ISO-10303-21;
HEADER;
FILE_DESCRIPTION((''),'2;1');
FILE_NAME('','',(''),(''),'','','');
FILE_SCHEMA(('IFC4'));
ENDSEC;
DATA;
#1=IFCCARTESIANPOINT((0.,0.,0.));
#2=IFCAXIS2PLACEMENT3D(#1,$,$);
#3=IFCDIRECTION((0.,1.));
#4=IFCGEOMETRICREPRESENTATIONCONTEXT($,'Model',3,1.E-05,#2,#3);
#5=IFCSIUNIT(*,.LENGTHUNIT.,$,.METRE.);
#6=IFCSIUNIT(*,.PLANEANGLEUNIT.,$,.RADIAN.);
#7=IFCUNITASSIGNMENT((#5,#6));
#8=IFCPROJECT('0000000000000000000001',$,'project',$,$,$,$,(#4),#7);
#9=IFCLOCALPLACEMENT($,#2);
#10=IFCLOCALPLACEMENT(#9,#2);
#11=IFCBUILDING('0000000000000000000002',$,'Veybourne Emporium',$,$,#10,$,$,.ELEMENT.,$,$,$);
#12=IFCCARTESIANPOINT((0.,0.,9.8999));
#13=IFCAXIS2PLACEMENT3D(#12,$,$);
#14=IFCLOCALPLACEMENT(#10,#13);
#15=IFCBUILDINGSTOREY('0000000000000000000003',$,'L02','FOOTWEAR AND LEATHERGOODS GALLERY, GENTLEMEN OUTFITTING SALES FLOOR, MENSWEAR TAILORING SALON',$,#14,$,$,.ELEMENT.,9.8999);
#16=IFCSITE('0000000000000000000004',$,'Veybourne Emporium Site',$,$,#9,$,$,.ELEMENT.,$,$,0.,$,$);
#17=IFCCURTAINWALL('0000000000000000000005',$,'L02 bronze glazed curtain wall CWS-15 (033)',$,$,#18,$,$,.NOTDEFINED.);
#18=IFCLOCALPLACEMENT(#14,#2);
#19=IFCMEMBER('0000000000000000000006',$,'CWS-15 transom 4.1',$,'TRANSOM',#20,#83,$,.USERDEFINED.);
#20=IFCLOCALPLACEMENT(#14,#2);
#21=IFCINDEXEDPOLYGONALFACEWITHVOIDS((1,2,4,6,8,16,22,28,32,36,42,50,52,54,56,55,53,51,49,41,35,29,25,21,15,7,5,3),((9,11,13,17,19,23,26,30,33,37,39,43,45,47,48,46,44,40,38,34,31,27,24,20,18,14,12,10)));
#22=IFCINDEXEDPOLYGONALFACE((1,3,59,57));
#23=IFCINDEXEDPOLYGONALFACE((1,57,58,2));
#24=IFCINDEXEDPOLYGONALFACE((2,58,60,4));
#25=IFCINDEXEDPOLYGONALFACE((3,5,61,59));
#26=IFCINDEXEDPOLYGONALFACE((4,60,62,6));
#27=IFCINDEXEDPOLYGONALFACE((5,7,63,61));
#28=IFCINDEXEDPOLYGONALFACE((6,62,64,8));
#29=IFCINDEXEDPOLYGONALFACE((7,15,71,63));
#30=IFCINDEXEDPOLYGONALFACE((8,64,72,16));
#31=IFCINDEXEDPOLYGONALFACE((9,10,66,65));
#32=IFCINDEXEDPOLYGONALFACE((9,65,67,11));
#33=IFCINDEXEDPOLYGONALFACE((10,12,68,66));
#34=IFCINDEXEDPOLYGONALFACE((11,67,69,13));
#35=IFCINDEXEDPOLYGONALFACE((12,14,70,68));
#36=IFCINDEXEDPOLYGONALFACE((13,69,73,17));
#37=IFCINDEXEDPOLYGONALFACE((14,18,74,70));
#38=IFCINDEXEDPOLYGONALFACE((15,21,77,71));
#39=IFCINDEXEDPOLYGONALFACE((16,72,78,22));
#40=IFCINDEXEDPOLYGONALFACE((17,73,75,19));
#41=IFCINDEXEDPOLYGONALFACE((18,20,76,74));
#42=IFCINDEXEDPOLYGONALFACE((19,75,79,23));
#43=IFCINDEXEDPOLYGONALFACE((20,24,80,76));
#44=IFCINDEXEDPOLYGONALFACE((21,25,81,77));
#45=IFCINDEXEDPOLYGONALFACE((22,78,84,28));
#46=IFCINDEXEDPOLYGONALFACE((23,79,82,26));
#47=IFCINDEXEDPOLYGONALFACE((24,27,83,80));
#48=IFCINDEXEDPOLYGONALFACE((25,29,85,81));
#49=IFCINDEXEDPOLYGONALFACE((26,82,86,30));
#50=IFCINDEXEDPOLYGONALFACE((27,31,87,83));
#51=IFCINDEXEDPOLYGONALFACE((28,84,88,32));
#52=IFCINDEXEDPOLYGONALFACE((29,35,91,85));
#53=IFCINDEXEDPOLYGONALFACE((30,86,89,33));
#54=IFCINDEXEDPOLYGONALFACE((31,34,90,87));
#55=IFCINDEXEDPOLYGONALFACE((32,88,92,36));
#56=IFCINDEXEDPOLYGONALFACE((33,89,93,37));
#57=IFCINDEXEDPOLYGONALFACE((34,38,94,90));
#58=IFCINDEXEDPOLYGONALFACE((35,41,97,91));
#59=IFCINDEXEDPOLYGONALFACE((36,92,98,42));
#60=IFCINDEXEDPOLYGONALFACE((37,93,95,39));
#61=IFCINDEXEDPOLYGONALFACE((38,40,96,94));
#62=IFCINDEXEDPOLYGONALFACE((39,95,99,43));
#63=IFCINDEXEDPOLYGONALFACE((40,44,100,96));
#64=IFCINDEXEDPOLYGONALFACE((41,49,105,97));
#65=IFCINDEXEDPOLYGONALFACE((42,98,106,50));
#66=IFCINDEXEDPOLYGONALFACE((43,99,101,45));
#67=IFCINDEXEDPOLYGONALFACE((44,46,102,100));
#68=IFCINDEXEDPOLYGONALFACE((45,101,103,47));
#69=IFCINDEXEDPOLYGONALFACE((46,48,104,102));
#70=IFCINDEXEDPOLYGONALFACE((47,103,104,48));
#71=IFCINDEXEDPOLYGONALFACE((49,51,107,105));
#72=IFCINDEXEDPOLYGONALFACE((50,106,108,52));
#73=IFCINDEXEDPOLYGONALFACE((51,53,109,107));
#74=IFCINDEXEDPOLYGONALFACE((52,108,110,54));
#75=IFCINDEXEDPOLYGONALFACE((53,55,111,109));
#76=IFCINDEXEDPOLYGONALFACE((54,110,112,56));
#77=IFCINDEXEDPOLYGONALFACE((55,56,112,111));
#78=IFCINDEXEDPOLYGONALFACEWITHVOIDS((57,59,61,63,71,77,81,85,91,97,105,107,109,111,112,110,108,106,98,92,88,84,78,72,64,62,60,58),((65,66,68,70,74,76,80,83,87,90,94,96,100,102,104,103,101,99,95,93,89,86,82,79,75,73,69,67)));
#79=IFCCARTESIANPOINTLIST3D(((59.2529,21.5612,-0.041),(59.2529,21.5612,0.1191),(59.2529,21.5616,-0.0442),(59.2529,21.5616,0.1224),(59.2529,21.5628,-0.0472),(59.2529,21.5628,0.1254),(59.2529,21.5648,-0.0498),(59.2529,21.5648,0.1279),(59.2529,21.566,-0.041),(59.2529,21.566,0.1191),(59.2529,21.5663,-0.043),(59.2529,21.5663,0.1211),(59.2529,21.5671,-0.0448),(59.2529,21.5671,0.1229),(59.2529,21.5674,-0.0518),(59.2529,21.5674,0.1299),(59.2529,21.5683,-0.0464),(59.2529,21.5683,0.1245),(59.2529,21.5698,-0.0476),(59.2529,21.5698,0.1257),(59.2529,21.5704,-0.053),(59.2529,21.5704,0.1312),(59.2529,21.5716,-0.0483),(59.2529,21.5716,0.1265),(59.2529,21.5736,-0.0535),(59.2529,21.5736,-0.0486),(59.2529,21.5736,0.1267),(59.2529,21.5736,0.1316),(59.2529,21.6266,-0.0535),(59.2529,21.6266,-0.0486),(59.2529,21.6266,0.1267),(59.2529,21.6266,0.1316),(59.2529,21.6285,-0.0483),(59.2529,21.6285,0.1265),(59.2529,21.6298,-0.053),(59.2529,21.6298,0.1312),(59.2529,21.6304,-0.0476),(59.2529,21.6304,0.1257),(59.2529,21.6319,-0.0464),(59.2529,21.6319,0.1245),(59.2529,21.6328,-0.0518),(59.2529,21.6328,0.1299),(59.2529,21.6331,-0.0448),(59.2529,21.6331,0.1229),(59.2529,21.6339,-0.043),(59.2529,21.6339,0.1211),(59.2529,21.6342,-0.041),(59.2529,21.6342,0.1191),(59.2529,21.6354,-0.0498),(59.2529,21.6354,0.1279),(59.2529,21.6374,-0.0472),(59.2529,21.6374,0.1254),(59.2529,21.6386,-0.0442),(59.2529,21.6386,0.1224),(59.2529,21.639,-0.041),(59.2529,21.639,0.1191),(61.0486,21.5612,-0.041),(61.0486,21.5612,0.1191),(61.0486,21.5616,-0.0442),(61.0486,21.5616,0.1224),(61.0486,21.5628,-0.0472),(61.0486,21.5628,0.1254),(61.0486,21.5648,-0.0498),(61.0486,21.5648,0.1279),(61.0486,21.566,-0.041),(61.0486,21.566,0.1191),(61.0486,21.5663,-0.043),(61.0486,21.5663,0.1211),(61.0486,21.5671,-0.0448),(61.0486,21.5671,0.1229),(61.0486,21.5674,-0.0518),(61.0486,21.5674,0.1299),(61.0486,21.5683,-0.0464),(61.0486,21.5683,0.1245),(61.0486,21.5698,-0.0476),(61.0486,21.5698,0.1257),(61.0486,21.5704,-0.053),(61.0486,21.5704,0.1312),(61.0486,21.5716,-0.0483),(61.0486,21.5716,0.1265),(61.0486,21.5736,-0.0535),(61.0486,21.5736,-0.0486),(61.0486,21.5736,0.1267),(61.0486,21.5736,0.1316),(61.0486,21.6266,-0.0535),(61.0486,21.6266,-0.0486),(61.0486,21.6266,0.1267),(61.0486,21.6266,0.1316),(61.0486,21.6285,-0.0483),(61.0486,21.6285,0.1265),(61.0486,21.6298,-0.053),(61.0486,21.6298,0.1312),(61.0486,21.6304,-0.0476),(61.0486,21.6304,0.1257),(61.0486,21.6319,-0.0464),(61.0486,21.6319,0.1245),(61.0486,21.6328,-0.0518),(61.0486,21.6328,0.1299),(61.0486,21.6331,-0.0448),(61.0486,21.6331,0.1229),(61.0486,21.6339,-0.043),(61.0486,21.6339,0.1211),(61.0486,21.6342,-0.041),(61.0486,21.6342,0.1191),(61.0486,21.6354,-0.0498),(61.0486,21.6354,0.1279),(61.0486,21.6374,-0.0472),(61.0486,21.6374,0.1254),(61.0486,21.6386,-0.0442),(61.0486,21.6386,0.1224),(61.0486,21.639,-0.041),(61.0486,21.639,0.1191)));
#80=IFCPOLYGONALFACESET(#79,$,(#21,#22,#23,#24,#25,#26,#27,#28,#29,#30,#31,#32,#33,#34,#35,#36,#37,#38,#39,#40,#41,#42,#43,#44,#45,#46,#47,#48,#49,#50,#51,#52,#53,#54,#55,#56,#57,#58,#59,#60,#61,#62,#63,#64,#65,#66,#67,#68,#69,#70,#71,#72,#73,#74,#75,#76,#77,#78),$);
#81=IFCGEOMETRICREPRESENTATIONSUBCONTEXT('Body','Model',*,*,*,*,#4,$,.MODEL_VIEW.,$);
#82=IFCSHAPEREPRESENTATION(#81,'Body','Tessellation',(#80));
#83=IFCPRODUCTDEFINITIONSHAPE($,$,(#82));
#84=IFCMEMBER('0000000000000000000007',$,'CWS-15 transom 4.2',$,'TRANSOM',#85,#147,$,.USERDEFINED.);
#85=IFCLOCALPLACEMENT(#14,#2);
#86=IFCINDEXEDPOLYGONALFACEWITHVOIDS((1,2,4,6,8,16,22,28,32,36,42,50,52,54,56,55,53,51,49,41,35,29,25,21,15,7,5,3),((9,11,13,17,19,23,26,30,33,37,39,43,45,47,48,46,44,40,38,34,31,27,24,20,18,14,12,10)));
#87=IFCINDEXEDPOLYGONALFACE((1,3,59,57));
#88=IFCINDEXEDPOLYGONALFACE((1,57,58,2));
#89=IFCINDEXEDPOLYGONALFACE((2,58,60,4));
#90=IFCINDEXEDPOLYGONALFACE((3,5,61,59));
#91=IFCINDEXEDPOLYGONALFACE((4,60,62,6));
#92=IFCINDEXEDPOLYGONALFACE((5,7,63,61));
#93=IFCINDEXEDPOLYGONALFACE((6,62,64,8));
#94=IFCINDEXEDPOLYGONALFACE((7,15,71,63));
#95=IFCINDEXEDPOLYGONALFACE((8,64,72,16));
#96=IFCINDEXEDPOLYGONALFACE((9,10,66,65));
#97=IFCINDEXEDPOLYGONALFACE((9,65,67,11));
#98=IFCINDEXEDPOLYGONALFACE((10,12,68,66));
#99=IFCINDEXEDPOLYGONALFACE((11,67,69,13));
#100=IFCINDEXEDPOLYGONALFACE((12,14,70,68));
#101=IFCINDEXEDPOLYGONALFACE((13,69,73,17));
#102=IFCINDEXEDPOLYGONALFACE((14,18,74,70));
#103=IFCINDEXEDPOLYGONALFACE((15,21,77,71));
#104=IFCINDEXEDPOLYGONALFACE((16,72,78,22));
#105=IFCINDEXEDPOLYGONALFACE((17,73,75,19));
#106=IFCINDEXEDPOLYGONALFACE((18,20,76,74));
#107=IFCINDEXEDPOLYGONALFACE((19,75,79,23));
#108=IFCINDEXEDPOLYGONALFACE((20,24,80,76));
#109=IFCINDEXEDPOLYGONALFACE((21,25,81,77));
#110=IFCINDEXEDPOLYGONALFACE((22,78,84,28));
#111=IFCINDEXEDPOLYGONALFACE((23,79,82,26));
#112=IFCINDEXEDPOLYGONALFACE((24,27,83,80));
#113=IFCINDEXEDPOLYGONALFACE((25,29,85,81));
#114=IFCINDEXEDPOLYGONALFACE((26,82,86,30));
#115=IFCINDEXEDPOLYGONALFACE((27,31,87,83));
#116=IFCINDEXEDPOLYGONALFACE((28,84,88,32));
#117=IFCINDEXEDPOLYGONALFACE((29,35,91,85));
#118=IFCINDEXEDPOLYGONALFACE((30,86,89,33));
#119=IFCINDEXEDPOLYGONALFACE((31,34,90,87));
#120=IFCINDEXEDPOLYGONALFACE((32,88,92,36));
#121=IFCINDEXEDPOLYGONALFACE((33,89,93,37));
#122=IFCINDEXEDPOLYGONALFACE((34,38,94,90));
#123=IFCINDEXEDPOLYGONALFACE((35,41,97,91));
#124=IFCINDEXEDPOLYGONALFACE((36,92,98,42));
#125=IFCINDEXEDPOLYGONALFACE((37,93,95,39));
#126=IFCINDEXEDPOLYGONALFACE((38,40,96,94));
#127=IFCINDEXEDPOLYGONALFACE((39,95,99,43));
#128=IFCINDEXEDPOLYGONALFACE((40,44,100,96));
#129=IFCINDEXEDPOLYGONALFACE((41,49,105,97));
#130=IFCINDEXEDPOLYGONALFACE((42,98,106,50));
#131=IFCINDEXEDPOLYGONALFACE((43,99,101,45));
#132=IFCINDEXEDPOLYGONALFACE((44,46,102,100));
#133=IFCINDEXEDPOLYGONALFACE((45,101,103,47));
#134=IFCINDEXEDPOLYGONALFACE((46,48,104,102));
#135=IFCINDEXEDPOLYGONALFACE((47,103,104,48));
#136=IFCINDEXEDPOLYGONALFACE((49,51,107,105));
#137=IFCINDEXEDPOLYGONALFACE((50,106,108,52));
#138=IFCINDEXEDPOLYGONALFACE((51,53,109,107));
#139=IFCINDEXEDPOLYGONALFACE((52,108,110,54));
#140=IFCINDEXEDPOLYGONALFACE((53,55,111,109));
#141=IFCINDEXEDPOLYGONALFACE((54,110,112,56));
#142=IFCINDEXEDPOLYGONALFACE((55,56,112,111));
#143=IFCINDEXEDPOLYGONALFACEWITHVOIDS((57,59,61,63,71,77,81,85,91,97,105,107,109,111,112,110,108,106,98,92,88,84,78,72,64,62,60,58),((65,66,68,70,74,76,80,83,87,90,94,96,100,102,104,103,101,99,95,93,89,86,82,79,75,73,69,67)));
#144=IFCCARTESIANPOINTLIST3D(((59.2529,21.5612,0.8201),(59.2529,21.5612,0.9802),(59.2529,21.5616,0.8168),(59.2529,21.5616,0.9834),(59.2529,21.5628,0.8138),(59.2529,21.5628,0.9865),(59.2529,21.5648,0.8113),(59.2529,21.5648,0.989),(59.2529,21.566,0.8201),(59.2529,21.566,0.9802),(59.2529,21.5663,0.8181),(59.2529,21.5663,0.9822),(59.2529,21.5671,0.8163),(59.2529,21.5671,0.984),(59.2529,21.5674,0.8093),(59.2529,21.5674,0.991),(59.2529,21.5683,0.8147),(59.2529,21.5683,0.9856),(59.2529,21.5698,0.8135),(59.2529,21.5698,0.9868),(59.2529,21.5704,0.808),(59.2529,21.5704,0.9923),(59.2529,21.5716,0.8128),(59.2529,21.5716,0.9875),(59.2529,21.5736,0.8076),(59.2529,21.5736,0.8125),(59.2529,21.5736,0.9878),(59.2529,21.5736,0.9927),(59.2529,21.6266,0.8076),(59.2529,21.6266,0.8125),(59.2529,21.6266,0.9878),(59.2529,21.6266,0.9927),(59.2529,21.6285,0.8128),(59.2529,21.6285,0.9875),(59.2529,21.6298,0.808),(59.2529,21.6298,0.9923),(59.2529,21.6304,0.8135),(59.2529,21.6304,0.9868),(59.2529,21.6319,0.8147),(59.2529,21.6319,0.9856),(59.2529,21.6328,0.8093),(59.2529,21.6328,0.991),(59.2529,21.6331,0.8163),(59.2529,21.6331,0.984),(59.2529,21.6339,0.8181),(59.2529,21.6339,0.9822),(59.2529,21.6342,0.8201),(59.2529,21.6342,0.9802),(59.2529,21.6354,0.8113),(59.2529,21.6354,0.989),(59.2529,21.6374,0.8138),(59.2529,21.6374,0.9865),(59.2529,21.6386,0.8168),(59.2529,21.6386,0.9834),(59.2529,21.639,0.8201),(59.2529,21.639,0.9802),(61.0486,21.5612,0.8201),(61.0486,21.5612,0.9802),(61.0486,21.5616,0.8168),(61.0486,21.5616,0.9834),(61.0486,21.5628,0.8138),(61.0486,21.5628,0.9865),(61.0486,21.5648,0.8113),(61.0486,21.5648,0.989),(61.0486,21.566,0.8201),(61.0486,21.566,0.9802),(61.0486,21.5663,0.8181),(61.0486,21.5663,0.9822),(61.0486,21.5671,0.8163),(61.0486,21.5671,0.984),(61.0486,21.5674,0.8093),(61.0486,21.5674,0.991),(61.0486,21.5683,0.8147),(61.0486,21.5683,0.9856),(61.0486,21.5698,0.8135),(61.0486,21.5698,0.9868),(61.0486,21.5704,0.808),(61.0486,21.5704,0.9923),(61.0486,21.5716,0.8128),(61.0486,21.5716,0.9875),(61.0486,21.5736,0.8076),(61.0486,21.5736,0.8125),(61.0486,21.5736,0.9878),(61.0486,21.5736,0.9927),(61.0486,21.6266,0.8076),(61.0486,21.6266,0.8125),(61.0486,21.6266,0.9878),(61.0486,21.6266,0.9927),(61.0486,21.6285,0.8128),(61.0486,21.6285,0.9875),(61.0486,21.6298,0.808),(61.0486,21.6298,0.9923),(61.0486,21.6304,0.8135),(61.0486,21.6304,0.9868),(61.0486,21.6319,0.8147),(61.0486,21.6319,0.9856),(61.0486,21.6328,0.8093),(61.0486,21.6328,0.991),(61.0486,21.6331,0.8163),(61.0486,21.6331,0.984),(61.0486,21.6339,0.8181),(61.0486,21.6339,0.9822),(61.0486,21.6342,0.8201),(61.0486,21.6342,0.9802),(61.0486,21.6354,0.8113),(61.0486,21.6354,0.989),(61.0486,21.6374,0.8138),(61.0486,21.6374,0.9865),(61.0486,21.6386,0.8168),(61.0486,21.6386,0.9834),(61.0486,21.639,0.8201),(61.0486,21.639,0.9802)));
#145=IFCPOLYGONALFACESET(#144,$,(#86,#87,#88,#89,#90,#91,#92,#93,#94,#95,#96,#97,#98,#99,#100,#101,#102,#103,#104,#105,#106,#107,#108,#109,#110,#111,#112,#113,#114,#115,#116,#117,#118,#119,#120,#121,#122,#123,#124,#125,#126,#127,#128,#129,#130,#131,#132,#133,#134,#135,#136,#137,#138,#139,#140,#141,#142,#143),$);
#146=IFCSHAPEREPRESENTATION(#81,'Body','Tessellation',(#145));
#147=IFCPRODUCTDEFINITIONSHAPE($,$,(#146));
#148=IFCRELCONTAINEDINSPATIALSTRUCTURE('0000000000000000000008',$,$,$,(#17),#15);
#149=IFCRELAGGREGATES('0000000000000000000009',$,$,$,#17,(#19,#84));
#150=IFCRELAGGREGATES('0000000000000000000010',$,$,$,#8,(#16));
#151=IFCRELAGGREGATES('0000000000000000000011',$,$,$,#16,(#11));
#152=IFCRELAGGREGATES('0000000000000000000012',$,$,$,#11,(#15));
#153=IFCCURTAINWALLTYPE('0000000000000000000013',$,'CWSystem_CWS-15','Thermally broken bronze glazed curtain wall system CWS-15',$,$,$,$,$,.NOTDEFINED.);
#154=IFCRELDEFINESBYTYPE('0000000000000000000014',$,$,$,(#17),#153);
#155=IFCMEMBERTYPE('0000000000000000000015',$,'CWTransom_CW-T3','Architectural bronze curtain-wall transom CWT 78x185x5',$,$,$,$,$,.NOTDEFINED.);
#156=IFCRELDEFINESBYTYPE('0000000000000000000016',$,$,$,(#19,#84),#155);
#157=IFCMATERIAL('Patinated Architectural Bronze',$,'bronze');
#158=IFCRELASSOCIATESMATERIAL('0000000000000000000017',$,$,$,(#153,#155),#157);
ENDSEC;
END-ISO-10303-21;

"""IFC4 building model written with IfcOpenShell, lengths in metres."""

from ifc_helpers import new_model, si_unit, direction, frame, origin, origin_2d, place, context, subcontext, project, spatial, hollow_rectangle, extrude, material, material_profile, profile_set, type_object, element, aggregate, save


model = new_model("IFC4")

# Units and contexts
model_context = context("Model", 3, precision=1e-05, world=origin(), true_north=direction((0.0, 1.0)))
body_context = subcontext(model_context, "Body", "Model", "MODEL_VIEW")
ifc_project = project(units=[si_unit("LENGTHUNIT", "METRE"), si_unit("PLANEANGLEUNIT", "RADIAN")], contexts=[model_context])

# Site, building, storey
site_placement = place(None, origin())
site = spatial("IfcSite", under=ifc_project, at=site_placement, Name="Veybourne Emporium Site", CompositionType="ELEMENT", RefElevation=0.0)
building_placement = place(site_placement, origin())
building = spatial("IfcBuilding", under=site, at=building_placement, Name="Veybourne Emporium", CompositionType="ELEMENT")
storey_placement = place(building_placement, frame((0.0, 0.0, 9.8999)))
storey = spatial("IfcBuildingStorey", under=building, at=storey_placement, Name="L02", Description="FOOTWEAR AND LEATHERGOODS GALLERY, GENTLEMEN OUTFITTING SALES FLOOR, MENSWEAR TAILORING SALON", CompositionType="ELEMENT", Elevation=9.8999)

# Curtain wall, members
ifc_material_1 = material(Name="Patinated Architectural Bronze", Category="bronze")
curtain_wall_type = type_object("IfcCurtainWallType", Name="CWSystem_CWS-15", Description="Thermally broken bronze glazed curtain wall system CWS-15", PredefinedType="NOTDEFINED", material=ifc_material_1)
curtain_wall_placement = place(storey_placement, origin())
curtain_wall = element("IfcCurtainWall", 1, at=curtain_wall_placement, inside=storey, type_object=curtain_wall_type, Name="L02 bronze glazed curtain wall CWS-15 (033)", PredefinedType="NOTDEFINED")
ifc_material_profile_1 = material_profile(ifc_material_1, hollow_rectangle(XDim=0.0779, YDim=0.1851, WallThickness=0.0049, InnerFilletRadius=0.0076, OuterFilletRadius=0.0125, at=origin_2d()), Name="CWT 78x185x5")
ifc_profile_set_1 = profile_set([ifc_material_profile_1], Name="Patinated Architectural Bronze")
member_type_1 = type_object("IfcMemberType", Name="CWTransom_CW-T3", Description="Architectural bronze curtain-wall transom CWT 78x185x5", PredefinedType="NOTDEFINED", material=ifc_profile_set_1)
member_1_placement = place(storey_placement, frame((61.0486, 21.6001, 0.0391), z_axis=(-1.0, 0.0, 0.0), x_axis=(0.0, -1.0, 0.0)))
member_1 = element("IfcMember", 2, at=member_1_placement, type_object=member_type_1, Name="CWS-15 transom 4.1", ObjectType="TRANSOM", PredefinedType="USERDEFINED", context=body_context, shape_type="SweptSolid", body=[
    extrude(hollow_rectangle(XDim=0.0779, YDim=0.1851, WallThickness=0.0049, InnerFilletRadius=0.0076, OuterFilletRadius=0.0125, at=origin_2d()), origin(), (0.0, 0.0, 1.0), 1.7957),
])
member_2_placement = place(storey_placement, frame((61.0486, 21.6001, 0.9001), z_axis=(-1.0, 0.0, 0.0), x_axis=(0.0, -1.0, 0.0)))
member_2 = element("IfcMember", 3, at=member_2_placement, type_object=member_type_1, Name="CWS-15 transom 4.2", ObjectType="TRANSOM", PredefinedType="USERDEFINED", context=body_context, shape_type="SweptSolid", body=[
    extrude(hollow_rectangle(XDim=0.0779, YDim=0.1851, WallThickness=0.0049, InnerFilletRadius=0.0076, OuterFilletRadius=0.0125, at=origin_2d()), origin(), (0.0, 0.0, 1.0), 1.7957),
])

aggregate(curtain_wall, [member_1, member_2])

save(model, "model.ifc")
